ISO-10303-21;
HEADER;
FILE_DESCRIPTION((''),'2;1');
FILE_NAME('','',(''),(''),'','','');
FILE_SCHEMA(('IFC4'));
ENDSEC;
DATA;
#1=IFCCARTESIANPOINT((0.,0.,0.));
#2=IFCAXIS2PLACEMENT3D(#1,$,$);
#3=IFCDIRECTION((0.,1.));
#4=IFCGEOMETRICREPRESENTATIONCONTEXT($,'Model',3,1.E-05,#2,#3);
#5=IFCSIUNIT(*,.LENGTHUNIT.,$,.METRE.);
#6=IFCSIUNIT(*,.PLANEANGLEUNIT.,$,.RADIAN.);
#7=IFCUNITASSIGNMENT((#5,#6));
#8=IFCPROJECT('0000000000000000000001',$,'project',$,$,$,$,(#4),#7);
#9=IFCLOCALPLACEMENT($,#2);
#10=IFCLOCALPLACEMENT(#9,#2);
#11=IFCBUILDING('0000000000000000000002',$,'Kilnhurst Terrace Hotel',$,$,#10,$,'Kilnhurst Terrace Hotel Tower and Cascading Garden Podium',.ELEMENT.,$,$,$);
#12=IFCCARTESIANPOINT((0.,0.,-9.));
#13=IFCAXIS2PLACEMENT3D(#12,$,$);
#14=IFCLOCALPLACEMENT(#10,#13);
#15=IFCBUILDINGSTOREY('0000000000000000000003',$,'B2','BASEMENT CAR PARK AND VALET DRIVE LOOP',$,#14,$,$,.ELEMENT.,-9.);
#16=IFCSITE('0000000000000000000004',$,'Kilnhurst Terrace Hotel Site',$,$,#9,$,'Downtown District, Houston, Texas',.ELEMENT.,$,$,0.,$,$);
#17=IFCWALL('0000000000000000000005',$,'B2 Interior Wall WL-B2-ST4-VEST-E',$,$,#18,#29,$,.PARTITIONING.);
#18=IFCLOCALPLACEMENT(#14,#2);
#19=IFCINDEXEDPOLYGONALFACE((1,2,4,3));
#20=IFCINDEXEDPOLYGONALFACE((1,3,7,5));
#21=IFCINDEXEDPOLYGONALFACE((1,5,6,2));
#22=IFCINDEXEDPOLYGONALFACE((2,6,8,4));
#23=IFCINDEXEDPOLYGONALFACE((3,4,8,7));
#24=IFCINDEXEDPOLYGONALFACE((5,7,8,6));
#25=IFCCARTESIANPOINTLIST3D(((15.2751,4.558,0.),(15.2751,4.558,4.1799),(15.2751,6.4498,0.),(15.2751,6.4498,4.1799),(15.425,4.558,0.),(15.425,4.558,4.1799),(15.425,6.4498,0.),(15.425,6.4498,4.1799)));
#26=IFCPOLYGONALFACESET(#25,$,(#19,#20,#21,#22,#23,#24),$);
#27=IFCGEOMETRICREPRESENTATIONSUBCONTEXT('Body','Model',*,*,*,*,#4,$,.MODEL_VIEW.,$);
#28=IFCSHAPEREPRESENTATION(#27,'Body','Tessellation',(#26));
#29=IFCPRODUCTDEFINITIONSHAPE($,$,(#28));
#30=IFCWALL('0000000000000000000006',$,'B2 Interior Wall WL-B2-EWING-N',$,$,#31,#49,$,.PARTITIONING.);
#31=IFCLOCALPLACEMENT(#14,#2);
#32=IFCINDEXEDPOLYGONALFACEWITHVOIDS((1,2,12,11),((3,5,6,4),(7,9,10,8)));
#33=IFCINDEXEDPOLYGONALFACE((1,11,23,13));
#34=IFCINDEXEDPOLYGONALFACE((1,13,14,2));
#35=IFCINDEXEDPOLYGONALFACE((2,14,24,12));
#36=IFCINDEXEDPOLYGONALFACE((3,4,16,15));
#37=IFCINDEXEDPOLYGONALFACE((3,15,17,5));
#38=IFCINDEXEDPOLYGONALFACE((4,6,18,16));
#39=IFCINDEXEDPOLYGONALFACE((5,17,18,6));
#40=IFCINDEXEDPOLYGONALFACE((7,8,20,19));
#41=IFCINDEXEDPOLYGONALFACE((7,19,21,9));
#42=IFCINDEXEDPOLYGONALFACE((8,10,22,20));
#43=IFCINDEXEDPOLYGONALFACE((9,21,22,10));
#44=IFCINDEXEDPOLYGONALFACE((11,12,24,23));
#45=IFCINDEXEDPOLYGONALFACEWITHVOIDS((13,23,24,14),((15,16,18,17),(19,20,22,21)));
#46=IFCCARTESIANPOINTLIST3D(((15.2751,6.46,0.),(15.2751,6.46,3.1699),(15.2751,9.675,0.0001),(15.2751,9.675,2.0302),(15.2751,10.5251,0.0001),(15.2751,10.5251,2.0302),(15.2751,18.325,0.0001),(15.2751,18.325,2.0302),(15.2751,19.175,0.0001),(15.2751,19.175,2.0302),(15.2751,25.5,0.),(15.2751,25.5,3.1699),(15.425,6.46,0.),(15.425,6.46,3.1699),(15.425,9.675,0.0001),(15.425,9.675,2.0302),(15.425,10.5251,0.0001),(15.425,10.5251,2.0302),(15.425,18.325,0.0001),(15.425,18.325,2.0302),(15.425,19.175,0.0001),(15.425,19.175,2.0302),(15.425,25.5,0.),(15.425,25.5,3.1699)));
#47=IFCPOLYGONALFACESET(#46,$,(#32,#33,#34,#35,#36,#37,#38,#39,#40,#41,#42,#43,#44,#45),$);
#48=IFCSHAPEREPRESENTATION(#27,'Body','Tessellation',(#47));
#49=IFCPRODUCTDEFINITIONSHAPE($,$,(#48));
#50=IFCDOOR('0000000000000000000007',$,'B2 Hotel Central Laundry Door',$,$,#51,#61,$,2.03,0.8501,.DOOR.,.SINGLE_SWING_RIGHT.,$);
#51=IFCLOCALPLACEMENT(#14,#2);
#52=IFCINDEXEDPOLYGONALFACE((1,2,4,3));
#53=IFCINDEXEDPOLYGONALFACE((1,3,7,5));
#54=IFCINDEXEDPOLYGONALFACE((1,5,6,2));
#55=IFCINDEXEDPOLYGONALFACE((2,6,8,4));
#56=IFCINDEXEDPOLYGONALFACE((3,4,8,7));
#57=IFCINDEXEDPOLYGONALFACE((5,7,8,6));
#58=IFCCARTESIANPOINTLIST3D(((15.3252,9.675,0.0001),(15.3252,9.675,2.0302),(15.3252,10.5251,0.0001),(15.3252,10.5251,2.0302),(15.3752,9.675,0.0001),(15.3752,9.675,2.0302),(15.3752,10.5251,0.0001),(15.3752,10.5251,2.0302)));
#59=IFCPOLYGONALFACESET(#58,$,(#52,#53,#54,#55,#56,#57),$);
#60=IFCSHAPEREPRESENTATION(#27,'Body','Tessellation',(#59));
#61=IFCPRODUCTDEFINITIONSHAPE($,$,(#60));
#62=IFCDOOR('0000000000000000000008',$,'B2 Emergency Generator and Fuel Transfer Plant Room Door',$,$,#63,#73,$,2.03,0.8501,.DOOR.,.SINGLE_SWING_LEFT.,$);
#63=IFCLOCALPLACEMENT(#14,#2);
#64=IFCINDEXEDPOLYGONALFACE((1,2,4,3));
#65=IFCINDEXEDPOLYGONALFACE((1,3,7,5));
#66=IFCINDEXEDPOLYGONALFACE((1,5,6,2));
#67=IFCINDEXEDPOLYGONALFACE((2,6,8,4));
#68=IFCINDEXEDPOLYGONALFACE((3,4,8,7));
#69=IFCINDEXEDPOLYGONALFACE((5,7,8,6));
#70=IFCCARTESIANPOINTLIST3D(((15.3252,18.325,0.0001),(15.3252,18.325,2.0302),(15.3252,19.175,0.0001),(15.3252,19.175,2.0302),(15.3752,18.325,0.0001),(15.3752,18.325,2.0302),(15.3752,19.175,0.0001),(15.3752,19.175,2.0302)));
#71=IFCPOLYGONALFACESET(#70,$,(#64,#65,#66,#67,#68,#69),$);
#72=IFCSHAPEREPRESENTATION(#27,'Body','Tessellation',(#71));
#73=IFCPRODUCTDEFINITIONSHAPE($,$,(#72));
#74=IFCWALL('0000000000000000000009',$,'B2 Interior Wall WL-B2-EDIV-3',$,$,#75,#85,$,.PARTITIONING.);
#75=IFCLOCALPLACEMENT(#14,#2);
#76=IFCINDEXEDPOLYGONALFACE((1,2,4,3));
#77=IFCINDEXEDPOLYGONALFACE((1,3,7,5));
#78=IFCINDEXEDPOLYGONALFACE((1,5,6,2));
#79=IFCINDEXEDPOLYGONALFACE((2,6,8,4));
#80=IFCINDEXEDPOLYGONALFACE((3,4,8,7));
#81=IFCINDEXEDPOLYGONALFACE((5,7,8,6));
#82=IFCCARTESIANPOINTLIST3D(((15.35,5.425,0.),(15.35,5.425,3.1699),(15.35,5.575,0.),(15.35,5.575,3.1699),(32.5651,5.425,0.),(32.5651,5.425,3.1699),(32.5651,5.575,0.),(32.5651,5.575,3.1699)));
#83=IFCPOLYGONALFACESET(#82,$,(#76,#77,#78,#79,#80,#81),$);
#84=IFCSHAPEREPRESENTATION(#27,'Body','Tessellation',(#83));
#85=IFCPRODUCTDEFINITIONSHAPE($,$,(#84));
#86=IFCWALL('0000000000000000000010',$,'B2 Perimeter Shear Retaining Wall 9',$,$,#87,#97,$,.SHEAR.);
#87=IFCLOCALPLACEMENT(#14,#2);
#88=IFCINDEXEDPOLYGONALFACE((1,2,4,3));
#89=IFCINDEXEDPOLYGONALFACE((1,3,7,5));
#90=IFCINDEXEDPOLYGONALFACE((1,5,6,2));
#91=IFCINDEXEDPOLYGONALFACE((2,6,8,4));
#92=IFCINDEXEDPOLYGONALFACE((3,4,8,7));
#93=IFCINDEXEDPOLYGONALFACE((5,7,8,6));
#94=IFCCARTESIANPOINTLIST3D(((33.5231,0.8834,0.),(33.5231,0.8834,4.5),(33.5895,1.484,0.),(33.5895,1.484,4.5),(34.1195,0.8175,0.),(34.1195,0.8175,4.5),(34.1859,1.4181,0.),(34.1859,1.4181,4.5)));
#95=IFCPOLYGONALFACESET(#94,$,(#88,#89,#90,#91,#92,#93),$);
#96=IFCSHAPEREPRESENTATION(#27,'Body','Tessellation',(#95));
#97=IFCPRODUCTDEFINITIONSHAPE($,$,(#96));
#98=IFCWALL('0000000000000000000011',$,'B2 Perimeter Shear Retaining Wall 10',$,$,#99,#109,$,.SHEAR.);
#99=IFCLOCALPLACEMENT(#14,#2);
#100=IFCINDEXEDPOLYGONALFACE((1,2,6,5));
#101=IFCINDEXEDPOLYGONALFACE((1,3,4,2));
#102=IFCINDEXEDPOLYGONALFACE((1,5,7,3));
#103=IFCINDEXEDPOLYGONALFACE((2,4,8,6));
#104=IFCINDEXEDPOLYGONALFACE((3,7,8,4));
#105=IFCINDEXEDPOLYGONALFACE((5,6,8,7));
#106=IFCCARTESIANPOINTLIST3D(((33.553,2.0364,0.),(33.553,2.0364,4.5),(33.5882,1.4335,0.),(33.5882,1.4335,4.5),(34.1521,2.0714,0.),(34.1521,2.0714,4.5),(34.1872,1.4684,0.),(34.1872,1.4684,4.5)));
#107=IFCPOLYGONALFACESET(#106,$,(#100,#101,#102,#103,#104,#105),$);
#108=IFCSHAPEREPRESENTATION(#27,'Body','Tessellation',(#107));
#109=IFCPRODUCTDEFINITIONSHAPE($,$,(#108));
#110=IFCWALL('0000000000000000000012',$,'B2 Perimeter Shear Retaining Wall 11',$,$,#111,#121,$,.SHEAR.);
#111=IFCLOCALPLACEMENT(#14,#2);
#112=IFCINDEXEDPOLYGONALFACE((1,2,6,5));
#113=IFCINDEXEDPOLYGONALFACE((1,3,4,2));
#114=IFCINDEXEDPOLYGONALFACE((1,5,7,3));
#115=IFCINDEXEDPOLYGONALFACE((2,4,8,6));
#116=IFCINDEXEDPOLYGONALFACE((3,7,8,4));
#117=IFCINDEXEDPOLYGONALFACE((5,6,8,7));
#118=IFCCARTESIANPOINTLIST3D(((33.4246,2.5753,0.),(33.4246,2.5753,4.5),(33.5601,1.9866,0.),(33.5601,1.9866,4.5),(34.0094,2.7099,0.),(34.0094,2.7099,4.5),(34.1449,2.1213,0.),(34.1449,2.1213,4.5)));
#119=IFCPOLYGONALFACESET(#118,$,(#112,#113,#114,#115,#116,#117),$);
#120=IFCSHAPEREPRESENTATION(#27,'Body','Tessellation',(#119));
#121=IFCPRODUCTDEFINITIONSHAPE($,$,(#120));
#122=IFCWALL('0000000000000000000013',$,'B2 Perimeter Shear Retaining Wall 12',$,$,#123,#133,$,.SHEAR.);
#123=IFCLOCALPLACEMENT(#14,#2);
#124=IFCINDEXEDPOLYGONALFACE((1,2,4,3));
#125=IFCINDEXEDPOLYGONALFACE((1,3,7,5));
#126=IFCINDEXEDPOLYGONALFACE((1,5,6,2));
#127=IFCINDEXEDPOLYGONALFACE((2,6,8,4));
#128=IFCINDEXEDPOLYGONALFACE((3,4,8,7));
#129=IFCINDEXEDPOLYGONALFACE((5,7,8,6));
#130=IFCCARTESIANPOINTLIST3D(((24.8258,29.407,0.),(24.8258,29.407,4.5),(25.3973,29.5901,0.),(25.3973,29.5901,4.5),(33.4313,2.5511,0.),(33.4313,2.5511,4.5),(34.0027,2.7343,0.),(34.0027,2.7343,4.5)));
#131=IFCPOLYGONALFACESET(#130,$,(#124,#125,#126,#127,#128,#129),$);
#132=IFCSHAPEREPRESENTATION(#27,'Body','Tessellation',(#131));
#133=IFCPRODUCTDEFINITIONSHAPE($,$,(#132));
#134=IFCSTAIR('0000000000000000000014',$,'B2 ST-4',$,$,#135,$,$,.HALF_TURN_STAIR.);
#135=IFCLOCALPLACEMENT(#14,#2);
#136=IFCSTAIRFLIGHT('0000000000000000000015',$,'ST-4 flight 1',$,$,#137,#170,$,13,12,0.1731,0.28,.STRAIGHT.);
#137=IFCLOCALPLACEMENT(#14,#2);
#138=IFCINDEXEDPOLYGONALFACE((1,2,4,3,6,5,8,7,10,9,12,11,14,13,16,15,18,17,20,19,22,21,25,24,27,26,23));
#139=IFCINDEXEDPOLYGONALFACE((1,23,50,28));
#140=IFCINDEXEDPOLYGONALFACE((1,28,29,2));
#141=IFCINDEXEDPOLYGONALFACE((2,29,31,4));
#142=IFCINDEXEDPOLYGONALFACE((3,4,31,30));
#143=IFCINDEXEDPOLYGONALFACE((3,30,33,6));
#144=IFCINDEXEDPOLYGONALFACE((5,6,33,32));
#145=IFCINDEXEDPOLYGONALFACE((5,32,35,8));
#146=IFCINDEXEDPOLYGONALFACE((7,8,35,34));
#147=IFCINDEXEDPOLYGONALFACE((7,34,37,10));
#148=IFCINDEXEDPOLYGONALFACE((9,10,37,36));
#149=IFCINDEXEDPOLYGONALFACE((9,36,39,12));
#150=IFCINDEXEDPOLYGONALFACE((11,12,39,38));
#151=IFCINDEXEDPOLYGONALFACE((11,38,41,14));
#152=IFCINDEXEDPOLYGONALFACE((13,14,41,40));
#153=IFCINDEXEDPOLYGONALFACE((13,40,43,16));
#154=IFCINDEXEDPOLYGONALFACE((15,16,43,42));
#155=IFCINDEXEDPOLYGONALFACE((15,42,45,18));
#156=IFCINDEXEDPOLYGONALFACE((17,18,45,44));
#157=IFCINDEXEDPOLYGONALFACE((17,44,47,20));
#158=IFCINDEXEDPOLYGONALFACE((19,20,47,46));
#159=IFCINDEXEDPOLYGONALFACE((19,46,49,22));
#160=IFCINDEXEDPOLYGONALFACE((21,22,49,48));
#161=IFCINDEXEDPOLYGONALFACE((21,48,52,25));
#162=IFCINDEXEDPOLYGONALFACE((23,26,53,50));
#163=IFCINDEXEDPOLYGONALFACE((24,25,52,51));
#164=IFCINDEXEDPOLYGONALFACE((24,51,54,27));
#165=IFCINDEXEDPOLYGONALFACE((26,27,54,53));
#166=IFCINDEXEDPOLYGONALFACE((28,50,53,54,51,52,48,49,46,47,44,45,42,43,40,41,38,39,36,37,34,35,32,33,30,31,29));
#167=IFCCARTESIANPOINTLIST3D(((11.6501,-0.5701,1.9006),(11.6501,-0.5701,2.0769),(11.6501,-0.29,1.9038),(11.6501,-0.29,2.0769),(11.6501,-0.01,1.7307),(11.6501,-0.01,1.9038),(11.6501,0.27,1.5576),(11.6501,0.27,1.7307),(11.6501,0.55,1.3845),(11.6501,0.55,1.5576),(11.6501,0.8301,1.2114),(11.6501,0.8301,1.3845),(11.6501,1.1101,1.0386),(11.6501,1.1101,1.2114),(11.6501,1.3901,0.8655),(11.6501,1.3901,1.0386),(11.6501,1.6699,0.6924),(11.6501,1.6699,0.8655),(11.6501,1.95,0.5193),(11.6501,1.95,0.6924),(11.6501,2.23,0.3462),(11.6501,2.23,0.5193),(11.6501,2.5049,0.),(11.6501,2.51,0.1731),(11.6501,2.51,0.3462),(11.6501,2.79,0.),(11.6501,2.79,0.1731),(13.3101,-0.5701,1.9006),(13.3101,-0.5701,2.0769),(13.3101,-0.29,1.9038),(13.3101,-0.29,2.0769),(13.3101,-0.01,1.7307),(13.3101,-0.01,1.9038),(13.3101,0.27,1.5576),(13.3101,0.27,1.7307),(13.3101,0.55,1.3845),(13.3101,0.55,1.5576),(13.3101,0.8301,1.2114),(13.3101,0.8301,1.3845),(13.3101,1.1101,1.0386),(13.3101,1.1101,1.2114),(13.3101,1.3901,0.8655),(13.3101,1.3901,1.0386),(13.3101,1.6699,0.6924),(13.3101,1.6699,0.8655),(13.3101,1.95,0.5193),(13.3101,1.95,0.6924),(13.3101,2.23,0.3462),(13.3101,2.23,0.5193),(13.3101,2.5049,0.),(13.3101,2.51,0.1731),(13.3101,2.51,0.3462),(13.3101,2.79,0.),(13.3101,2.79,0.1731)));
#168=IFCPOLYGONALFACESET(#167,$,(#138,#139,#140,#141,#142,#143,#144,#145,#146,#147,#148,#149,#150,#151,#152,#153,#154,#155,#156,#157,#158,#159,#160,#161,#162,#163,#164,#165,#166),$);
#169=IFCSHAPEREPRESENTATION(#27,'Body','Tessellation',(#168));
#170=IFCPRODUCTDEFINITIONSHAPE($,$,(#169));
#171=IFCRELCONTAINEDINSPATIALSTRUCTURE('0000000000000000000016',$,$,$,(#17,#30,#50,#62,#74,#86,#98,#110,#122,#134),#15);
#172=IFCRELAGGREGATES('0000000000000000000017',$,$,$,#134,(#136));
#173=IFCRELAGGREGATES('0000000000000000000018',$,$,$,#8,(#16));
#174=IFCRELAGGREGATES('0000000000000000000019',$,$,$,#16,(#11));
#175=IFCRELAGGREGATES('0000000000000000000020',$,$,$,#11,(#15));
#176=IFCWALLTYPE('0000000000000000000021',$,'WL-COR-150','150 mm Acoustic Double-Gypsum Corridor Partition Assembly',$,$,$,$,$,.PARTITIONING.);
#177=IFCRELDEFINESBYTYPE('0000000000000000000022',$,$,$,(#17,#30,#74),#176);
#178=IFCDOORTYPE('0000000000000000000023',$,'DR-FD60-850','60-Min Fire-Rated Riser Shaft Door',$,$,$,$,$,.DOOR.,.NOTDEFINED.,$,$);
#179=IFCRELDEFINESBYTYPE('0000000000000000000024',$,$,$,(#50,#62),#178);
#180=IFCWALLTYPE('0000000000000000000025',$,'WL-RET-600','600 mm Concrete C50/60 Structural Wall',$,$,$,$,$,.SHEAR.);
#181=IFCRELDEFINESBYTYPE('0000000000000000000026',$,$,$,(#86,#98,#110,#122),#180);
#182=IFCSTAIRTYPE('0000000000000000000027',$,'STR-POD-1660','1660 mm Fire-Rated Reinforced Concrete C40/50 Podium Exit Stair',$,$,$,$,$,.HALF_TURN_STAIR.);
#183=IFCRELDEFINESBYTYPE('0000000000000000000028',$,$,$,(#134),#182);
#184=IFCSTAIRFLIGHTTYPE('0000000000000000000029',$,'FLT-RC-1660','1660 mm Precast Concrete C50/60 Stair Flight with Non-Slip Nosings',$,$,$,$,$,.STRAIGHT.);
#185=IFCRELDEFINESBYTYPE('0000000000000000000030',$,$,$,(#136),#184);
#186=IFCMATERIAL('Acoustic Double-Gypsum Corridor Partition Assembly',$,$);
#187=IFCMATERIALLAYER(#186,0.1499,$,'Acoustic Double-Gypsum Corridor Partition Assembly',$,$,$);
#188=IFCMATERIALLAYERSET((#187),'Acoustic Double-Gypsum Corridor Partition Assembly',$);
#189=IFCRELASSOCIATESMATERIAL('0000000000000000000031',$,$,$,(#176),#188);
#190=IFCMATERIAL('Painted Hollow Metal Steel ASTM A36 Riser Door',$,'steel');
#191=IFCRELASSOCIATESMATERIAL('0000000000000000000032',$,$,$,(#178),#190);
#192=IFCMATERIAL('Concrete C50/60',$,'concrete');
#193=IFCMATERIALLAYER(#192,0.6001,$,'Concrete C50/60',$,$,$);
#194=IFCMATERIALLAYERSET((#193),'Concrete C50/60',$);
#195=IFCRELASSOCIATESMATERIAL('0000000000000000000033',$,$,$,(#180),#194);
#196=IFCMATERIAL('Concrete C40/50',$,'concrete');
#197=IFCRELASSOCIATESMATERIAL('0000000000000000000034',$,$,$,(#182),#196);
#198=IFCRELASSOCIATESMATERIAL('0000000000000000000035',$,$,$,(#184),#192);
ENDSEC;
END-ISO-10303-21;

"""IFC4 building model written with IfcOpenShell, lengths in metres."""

from ifc_helpers import new_model, si_unit, direction, frame, frame_2d, origin, place, context, subcontext, project, spatial, polyline, rectangle, outline, extrude, material, layer, layer_set, type_object, element, fill, aggregate, save


model = new_model("IFC4")

# Units and contexts
model_context = context("Model", 3, precision=1e-05, world=origin(), true_north=direction((0.0, 1.0)))
body_context = subcontext(model_context, "Body", "Model", "MODEL_VIEW")
ifc_project = project(units=[si_unit("LENGTHUNIT", "METRE"), si_unit("PLANEANGLEUNIT", "RADIAN")], contexts=[model_context])

# Site, building, storey
site_placement = place(None, origin())
site = spatial("IfcSite", under=ifc_project, at=site_placement, Name="Kilnhurst Terrace Hotel Site", LongName="Downtown District, Houston, Texas", CompositionType="ELEMENT", RefElevation=0.0)
building_placement = place(site_placement, origin())
building = spatial("IfcBuilding", under=site, at=building_placement, Name="Kilnhurst Terrace Hotel", LongName="Kilnhurst Terrace Hotel Tower and Cascading Garden Podium", CompositionType="ELEMENT")
storey_placement = place(building_placement, frame((0.0, 0.0, -9.0)))
storey = spatial("IfcBuildingStorey", under=building, at=storey_placement, Name="B2", Description="BASEMENT CAR PARK AND VALET DRIVE LOOP", CompositionType="ELEMENT", Elevation=-9.0)

# Shared definitions
ifc_material_1 = material(Name="Concrete C50/60", Category="concrete")

# Wall
ifc_material_2 = material(Name="Acoustic Double-Gypsum Corridor Partition Assembly")
ifc_layer_1 = layer(ifc_material_2, 0.1499, Name="Acoustic Double-Gypsum Corridor Partition Assembly")
ifc_layer_set_1 = layer_set([ifc_layer_1], Name="Acoustic Double-Gypsum Corridor Partition Assembly")
wall_type_1 = type_object("IfcWallType", Name="WL-COR-150", Description="150 mm Acoustic Double-Gypsum Corridor Partition Assembly", PredefinedType="PARTITIONING", material=ifc_layer_set_1)
wall_1_placement = place(storey_placement, frame((15.3501, 4.5581, 0.0), z_axis=(0.0, 0.0, 1.0), x_axis=(0.0, 1.0, 0.0)))
element("IfcWall", 1, at=wall_1_placement, inside=storey, type_object=wall_type_1, Name="B2 Interior Wall WL-B2-ST4-VEST-E", PredefinedType="PARTITIONING", context=body_context, shape_type="SweptSolid", body=[
    extrude(rectangle(XDim=1.8918, YDim=0.1499, at=frame_2d((0.9458, 0.0))), origin(), (0.0, 0.0, 1.0), 4.1799),
])

# Wall, openings, doors
wall_2_placement = place(storey_placement, frame((15.3501, 6.46, 0.0), z_axis=(0.0, 0.0, 1.0), x_axis=(0.0, 1.0, 0.0)))
wall_2 = element("IfcWall", 2, at=wall_2_placement, inside=storey, type_object=wall_type_1, Name="B2 Interior Wall WL-B2-EWING-N", PredefinedType="PARTITIONING", context=body_context, shape_type="SweptSolid", body=[
    extrude(rectangle(XDim=19.04, YDim=0.1499, at=frame_2d((9.52, 0.0))), origin(), (0.0, 0.0, 1.0), 3.1699),
])
opening_1_placement = place(wall_2_placement, frame((3.2151, 0.0, 0.0)))
opening_1 = element("IfcOpeningElement", 3, at=opening_1_placement, cuts=wall_2, PredefinedType="OPENING", context=body_context, shape_type="SweptSolid", body=[
    extrude(rectangle(XDim=0.8501, YDim=2.03, at=frame_2d((0.425, 1.0151))), frame((0.0, 0.085, 0.0), z_axis=(0.0, -1.0, 0.0), x_axis=(1.0, 0.0, 0.0)), (0.0, 0.0, 1.0), 0.1699),
])
opening_2_placement = place(wall_2_placement, frame((11.865, 0.0, 0.0)))
opening_2 = element("IfcOpeningElement", 4, at=opening_2_placement, cuts=wall_2, PredefinedType="OPENING", context=body_context, shape_type="SweptSolid", body=[
    extrude(rectangle(XDim=0.8501, YDim=2.03, at=frame_2d((0.425, 1.0151))), frame((0.0, 0.085, 0.0), z_axis=(0.0, -1.0, 0.0), x_axis=(1.0, 0.0, 0.0)), (0.0, 0.0, 1.0), 0.1699),
])
ifc_material_3 = material(Name="Painted Hollow Metal Steel ASTM A36 Riser Door", Category="steel")
door_type = type_object("IfcDoorType", Name="DR-FD60-850", Description="60-Min Fire-Rated Riser Shaft Door", OperationType="NOTDEFINED", PredefinedType="DOOR", material=ifc_material_3)
door_1_placement = place(opening_1_placement, origin())
door_1 = element("IfcDoor", 5, at=door_1_placement, inside=storey, type_object=door_type, Name="B2 Hotel Central Laundry Door", OperationType="SINGLE_SWING_RIGHT", OverallHeight=2.03, OverallWidth=0.8501, PredefinedType="DOOR", context=body_context, shape_type="SweptSolid", body=[
    extrude(rectangle(XDim=0.8501, YDim=2.03, at=frame_2d((0.425, 1.0151))), frame((0.0, 0.0249, 0.0), z_axis=(0.0, -1.0, 0.0), x_axis=(1.0, 0.0, 0.0)), (0.0, 0.0, 1.0), 0.05),
])
fill(opening_1, door_1)
door_2_placement = place(opening_2_placement, origin())
door_2 = element("IfcDoor", 6, at=door_2_placement, inside=storey, type_object=door_type, Name="B2 Emergency Generator and Fuel Transfer Plant Room Door", OperationType="SINGLE_SWING_LEFT", OverallHeight=2.03, OverallWidth=0.8501, PredefinedType="DOOR", context=body_context, shape_type="SweptSolid", body=[
    extrude(rectangle(XDim=0.8501, YDim=2.03, at=frame_2d((0.425, 1.0151))), frame((0.0, 0.0249, 0.0), z_axis=(0.0, -1.0, 0.0), x_axis=(1.0, 0.0, 0.0)), (0.0, 0.0, 1.0), 0.05),
])
fill(opening_2, door_2)

# Walls
wall_3_placement = place(storey_placement, frame((15.3501, 5.5, 0.0), z_axis=(0.0, 0.0, 1.0), x_axis=(1.0, 0.0, 0.0)))
element("IfcWall", 7, at=wall_3_placement, inside=storey, type_object=wall_type_1, Name="B2 Interior Wall WL-B2-EDIV-3", PredefinedType="PARTITIONING", context=body_context, shape_type="SweptSolid", body=[
    extrude(rectangle(XDim=17.2151, YDim=0.1499, at=frame_2d((8.6074, 0.0))), origin(), (0.0, 0.0, 1.0), 3.1699),
])
ifc_layer_2 = layer(ifc_material_1, 0.6001, Name="Concrete C50/60")
ifc_layer_set_2 = layer_set([ifc_layer_2], Name="Concrete C50/60")
wall_type_2 = type_object("IfcWallType", Name="WL-RET-600", Description="600 mm Concrete C50/60 Structural Wall", PredefinedType="SHEAR", material=ifc_layer_set_2)
wall_4_placement = place(storey_placement, frame((33.8213, 0.8503, 0.0), z_axis=(0.0, 0.0, 1.0), x_axis=(0.109899, 0.993943, 0.0)))
element("IfcWall", 8, at=wall_4_placement, inside=storey, type_object=wall_type_2, Name="B2 Perimeter Shear Retaining Wall 9", PredefinedType="SHEAR", context=body_context, shape_type="SweptSolid", body=[
    extrude(rectangle(XDim=0.6042, YDim=0.6001, at=frame_2d((0.3022, 0.0))), origin(), (0.0, 0.0, 1.0), 4.5),
])
for number, where, z_axis, x_axis, name in (
    (9, (33.8877, 1.4509, 0.0), (0.0, 0.0, 1.0), (-0.058201, 0.998305, 0.0), "B2 Perimeter Shear Retaining Wall 10"),
    (10, (33.8525, 2.054, 0.0), (0.0, 0.0, 1.0), (-0.224328, 0.974514, 0.0), "B2 Perimeter Shear Retaining Wall 11"),
):
    element("IfcWall", number, at=place(storey_placement, frame(where, z_axis=z_axis, x_axis=x_axis)), inside=storey, type_object=wall_type_2, Name=name, PredefinedType="SHEAR", context=body_context, shape_type="SweptSolid", body=[
        extrude(rectangle(XDim=0.604, YDim=0.6001, at=frame_2d((0.302, 0.0))), origin(), (0.0, 0.0, 1.0), 4.5),
    ])
wall_5_placement = place(storey_placement, frame((33.717, 2.6426, 0.0), z_axis=(0.0, 0.0, 1.0), x_axis=(-0.305148, 0.952305, 0.0)))
element("IfcWall", 11, at=wall_5_placement, inside=storey, type_object=wall_type_2, Name="B2 Perimeter Shear Retaining Wall 12", PredefinedType="SHEAR", context=body_context, shape_type="SweptSolid", body=[
    extrude(rectangle(XDim=28.2009, YDim=0.6001, at=frame_2d((14.1006, 0.0))), origin(), (0.0, 0.0, 1.0), 4.5),
])

# Stair, stair flight
ifc_material_4 = material(Name="Concrete C40/50", Category="concrete")
stair_type = type_object("IfcStairType", Name="STR-POD-1660", Description="1660 mm Fire-Rated Reinforced Concrete C40/50 Podium Exit Stair", PredefinedType="HALF_TURN_STAIR", material=ifc_material_4)
stair_placement = place(storey_placement, origin())
stair = element("IfcStair", 12, at=stair_placement, inside=storey, type_object=stair_type, Name="B2 ST-4", PredefinedType="HALF_TURN_STAIR")
stair_flight_type = type_object("IfcStairFlightType", Name="FLT-RC-1660", Description="1660 mm Precast Concrete C50/60 Stair Flight with Non-Slip Nosings", PredefinedType="STRAIGHT", material=ifc_material_1)
stair_flight_placement = place(storey_placement, frame((12.48, 2.79, 0.0), z_axis=(0.0, 0.0, 1.0), x_axis=(0.0, -1.0, 0.0)))
stair_flight = element("IfcStairFlight", 13, at=stair_flight_placement, type_object=stair_flight_type, Name="ST-4 flight 1", NumberOfRisers=13, NumberOfTreads=12, PredefinedType="STRAIGHT", RiserHeight=0.1731, TreadLength=0.28, context=body_context, shape_type="SweptSolid", body=[
    extrude(outline(polyline([(0.0, 0.0), (0.0, 0.1731), (0.28, 0.1731), (0.28, 0.3462), (0.5601, 0.3462), (0.5601, 0.5193), (0.8401, 0.5193), (0.8401, 0.6924), (1.1201, 0.6924), (1.1201, 0.8655), (1.3999, 0.8655), (1.3999, 1.0386), (1.6799, 1.0386), (1.6799, 1.2114), (1.96, 1.2114), (1.96, 1.3845), (2.24, 1.3845), (2.24, 1.5576), (2.52, 1.5576), (2.52, 1.7307), (2.8, 1.7307), (2.8, 1.9038), (3.0801, 1.9038), (3.0801, 2.0769), (3.3601, 2.0769), (3.3601, 2.25), (3.3601, 1.9006), (0.2852, 0.0), (0.0, 0.0)])), frame((0.0, 0.8301, 0.0), z_axis=(0.0, -1.0, 0.0), x_axis=(1.0, 0.0, 0.0)), (0.0, 0.0, 1.0), 1.6599),
])
aggregate(stair, [stair_flight])

save(model, "model.ifc")
